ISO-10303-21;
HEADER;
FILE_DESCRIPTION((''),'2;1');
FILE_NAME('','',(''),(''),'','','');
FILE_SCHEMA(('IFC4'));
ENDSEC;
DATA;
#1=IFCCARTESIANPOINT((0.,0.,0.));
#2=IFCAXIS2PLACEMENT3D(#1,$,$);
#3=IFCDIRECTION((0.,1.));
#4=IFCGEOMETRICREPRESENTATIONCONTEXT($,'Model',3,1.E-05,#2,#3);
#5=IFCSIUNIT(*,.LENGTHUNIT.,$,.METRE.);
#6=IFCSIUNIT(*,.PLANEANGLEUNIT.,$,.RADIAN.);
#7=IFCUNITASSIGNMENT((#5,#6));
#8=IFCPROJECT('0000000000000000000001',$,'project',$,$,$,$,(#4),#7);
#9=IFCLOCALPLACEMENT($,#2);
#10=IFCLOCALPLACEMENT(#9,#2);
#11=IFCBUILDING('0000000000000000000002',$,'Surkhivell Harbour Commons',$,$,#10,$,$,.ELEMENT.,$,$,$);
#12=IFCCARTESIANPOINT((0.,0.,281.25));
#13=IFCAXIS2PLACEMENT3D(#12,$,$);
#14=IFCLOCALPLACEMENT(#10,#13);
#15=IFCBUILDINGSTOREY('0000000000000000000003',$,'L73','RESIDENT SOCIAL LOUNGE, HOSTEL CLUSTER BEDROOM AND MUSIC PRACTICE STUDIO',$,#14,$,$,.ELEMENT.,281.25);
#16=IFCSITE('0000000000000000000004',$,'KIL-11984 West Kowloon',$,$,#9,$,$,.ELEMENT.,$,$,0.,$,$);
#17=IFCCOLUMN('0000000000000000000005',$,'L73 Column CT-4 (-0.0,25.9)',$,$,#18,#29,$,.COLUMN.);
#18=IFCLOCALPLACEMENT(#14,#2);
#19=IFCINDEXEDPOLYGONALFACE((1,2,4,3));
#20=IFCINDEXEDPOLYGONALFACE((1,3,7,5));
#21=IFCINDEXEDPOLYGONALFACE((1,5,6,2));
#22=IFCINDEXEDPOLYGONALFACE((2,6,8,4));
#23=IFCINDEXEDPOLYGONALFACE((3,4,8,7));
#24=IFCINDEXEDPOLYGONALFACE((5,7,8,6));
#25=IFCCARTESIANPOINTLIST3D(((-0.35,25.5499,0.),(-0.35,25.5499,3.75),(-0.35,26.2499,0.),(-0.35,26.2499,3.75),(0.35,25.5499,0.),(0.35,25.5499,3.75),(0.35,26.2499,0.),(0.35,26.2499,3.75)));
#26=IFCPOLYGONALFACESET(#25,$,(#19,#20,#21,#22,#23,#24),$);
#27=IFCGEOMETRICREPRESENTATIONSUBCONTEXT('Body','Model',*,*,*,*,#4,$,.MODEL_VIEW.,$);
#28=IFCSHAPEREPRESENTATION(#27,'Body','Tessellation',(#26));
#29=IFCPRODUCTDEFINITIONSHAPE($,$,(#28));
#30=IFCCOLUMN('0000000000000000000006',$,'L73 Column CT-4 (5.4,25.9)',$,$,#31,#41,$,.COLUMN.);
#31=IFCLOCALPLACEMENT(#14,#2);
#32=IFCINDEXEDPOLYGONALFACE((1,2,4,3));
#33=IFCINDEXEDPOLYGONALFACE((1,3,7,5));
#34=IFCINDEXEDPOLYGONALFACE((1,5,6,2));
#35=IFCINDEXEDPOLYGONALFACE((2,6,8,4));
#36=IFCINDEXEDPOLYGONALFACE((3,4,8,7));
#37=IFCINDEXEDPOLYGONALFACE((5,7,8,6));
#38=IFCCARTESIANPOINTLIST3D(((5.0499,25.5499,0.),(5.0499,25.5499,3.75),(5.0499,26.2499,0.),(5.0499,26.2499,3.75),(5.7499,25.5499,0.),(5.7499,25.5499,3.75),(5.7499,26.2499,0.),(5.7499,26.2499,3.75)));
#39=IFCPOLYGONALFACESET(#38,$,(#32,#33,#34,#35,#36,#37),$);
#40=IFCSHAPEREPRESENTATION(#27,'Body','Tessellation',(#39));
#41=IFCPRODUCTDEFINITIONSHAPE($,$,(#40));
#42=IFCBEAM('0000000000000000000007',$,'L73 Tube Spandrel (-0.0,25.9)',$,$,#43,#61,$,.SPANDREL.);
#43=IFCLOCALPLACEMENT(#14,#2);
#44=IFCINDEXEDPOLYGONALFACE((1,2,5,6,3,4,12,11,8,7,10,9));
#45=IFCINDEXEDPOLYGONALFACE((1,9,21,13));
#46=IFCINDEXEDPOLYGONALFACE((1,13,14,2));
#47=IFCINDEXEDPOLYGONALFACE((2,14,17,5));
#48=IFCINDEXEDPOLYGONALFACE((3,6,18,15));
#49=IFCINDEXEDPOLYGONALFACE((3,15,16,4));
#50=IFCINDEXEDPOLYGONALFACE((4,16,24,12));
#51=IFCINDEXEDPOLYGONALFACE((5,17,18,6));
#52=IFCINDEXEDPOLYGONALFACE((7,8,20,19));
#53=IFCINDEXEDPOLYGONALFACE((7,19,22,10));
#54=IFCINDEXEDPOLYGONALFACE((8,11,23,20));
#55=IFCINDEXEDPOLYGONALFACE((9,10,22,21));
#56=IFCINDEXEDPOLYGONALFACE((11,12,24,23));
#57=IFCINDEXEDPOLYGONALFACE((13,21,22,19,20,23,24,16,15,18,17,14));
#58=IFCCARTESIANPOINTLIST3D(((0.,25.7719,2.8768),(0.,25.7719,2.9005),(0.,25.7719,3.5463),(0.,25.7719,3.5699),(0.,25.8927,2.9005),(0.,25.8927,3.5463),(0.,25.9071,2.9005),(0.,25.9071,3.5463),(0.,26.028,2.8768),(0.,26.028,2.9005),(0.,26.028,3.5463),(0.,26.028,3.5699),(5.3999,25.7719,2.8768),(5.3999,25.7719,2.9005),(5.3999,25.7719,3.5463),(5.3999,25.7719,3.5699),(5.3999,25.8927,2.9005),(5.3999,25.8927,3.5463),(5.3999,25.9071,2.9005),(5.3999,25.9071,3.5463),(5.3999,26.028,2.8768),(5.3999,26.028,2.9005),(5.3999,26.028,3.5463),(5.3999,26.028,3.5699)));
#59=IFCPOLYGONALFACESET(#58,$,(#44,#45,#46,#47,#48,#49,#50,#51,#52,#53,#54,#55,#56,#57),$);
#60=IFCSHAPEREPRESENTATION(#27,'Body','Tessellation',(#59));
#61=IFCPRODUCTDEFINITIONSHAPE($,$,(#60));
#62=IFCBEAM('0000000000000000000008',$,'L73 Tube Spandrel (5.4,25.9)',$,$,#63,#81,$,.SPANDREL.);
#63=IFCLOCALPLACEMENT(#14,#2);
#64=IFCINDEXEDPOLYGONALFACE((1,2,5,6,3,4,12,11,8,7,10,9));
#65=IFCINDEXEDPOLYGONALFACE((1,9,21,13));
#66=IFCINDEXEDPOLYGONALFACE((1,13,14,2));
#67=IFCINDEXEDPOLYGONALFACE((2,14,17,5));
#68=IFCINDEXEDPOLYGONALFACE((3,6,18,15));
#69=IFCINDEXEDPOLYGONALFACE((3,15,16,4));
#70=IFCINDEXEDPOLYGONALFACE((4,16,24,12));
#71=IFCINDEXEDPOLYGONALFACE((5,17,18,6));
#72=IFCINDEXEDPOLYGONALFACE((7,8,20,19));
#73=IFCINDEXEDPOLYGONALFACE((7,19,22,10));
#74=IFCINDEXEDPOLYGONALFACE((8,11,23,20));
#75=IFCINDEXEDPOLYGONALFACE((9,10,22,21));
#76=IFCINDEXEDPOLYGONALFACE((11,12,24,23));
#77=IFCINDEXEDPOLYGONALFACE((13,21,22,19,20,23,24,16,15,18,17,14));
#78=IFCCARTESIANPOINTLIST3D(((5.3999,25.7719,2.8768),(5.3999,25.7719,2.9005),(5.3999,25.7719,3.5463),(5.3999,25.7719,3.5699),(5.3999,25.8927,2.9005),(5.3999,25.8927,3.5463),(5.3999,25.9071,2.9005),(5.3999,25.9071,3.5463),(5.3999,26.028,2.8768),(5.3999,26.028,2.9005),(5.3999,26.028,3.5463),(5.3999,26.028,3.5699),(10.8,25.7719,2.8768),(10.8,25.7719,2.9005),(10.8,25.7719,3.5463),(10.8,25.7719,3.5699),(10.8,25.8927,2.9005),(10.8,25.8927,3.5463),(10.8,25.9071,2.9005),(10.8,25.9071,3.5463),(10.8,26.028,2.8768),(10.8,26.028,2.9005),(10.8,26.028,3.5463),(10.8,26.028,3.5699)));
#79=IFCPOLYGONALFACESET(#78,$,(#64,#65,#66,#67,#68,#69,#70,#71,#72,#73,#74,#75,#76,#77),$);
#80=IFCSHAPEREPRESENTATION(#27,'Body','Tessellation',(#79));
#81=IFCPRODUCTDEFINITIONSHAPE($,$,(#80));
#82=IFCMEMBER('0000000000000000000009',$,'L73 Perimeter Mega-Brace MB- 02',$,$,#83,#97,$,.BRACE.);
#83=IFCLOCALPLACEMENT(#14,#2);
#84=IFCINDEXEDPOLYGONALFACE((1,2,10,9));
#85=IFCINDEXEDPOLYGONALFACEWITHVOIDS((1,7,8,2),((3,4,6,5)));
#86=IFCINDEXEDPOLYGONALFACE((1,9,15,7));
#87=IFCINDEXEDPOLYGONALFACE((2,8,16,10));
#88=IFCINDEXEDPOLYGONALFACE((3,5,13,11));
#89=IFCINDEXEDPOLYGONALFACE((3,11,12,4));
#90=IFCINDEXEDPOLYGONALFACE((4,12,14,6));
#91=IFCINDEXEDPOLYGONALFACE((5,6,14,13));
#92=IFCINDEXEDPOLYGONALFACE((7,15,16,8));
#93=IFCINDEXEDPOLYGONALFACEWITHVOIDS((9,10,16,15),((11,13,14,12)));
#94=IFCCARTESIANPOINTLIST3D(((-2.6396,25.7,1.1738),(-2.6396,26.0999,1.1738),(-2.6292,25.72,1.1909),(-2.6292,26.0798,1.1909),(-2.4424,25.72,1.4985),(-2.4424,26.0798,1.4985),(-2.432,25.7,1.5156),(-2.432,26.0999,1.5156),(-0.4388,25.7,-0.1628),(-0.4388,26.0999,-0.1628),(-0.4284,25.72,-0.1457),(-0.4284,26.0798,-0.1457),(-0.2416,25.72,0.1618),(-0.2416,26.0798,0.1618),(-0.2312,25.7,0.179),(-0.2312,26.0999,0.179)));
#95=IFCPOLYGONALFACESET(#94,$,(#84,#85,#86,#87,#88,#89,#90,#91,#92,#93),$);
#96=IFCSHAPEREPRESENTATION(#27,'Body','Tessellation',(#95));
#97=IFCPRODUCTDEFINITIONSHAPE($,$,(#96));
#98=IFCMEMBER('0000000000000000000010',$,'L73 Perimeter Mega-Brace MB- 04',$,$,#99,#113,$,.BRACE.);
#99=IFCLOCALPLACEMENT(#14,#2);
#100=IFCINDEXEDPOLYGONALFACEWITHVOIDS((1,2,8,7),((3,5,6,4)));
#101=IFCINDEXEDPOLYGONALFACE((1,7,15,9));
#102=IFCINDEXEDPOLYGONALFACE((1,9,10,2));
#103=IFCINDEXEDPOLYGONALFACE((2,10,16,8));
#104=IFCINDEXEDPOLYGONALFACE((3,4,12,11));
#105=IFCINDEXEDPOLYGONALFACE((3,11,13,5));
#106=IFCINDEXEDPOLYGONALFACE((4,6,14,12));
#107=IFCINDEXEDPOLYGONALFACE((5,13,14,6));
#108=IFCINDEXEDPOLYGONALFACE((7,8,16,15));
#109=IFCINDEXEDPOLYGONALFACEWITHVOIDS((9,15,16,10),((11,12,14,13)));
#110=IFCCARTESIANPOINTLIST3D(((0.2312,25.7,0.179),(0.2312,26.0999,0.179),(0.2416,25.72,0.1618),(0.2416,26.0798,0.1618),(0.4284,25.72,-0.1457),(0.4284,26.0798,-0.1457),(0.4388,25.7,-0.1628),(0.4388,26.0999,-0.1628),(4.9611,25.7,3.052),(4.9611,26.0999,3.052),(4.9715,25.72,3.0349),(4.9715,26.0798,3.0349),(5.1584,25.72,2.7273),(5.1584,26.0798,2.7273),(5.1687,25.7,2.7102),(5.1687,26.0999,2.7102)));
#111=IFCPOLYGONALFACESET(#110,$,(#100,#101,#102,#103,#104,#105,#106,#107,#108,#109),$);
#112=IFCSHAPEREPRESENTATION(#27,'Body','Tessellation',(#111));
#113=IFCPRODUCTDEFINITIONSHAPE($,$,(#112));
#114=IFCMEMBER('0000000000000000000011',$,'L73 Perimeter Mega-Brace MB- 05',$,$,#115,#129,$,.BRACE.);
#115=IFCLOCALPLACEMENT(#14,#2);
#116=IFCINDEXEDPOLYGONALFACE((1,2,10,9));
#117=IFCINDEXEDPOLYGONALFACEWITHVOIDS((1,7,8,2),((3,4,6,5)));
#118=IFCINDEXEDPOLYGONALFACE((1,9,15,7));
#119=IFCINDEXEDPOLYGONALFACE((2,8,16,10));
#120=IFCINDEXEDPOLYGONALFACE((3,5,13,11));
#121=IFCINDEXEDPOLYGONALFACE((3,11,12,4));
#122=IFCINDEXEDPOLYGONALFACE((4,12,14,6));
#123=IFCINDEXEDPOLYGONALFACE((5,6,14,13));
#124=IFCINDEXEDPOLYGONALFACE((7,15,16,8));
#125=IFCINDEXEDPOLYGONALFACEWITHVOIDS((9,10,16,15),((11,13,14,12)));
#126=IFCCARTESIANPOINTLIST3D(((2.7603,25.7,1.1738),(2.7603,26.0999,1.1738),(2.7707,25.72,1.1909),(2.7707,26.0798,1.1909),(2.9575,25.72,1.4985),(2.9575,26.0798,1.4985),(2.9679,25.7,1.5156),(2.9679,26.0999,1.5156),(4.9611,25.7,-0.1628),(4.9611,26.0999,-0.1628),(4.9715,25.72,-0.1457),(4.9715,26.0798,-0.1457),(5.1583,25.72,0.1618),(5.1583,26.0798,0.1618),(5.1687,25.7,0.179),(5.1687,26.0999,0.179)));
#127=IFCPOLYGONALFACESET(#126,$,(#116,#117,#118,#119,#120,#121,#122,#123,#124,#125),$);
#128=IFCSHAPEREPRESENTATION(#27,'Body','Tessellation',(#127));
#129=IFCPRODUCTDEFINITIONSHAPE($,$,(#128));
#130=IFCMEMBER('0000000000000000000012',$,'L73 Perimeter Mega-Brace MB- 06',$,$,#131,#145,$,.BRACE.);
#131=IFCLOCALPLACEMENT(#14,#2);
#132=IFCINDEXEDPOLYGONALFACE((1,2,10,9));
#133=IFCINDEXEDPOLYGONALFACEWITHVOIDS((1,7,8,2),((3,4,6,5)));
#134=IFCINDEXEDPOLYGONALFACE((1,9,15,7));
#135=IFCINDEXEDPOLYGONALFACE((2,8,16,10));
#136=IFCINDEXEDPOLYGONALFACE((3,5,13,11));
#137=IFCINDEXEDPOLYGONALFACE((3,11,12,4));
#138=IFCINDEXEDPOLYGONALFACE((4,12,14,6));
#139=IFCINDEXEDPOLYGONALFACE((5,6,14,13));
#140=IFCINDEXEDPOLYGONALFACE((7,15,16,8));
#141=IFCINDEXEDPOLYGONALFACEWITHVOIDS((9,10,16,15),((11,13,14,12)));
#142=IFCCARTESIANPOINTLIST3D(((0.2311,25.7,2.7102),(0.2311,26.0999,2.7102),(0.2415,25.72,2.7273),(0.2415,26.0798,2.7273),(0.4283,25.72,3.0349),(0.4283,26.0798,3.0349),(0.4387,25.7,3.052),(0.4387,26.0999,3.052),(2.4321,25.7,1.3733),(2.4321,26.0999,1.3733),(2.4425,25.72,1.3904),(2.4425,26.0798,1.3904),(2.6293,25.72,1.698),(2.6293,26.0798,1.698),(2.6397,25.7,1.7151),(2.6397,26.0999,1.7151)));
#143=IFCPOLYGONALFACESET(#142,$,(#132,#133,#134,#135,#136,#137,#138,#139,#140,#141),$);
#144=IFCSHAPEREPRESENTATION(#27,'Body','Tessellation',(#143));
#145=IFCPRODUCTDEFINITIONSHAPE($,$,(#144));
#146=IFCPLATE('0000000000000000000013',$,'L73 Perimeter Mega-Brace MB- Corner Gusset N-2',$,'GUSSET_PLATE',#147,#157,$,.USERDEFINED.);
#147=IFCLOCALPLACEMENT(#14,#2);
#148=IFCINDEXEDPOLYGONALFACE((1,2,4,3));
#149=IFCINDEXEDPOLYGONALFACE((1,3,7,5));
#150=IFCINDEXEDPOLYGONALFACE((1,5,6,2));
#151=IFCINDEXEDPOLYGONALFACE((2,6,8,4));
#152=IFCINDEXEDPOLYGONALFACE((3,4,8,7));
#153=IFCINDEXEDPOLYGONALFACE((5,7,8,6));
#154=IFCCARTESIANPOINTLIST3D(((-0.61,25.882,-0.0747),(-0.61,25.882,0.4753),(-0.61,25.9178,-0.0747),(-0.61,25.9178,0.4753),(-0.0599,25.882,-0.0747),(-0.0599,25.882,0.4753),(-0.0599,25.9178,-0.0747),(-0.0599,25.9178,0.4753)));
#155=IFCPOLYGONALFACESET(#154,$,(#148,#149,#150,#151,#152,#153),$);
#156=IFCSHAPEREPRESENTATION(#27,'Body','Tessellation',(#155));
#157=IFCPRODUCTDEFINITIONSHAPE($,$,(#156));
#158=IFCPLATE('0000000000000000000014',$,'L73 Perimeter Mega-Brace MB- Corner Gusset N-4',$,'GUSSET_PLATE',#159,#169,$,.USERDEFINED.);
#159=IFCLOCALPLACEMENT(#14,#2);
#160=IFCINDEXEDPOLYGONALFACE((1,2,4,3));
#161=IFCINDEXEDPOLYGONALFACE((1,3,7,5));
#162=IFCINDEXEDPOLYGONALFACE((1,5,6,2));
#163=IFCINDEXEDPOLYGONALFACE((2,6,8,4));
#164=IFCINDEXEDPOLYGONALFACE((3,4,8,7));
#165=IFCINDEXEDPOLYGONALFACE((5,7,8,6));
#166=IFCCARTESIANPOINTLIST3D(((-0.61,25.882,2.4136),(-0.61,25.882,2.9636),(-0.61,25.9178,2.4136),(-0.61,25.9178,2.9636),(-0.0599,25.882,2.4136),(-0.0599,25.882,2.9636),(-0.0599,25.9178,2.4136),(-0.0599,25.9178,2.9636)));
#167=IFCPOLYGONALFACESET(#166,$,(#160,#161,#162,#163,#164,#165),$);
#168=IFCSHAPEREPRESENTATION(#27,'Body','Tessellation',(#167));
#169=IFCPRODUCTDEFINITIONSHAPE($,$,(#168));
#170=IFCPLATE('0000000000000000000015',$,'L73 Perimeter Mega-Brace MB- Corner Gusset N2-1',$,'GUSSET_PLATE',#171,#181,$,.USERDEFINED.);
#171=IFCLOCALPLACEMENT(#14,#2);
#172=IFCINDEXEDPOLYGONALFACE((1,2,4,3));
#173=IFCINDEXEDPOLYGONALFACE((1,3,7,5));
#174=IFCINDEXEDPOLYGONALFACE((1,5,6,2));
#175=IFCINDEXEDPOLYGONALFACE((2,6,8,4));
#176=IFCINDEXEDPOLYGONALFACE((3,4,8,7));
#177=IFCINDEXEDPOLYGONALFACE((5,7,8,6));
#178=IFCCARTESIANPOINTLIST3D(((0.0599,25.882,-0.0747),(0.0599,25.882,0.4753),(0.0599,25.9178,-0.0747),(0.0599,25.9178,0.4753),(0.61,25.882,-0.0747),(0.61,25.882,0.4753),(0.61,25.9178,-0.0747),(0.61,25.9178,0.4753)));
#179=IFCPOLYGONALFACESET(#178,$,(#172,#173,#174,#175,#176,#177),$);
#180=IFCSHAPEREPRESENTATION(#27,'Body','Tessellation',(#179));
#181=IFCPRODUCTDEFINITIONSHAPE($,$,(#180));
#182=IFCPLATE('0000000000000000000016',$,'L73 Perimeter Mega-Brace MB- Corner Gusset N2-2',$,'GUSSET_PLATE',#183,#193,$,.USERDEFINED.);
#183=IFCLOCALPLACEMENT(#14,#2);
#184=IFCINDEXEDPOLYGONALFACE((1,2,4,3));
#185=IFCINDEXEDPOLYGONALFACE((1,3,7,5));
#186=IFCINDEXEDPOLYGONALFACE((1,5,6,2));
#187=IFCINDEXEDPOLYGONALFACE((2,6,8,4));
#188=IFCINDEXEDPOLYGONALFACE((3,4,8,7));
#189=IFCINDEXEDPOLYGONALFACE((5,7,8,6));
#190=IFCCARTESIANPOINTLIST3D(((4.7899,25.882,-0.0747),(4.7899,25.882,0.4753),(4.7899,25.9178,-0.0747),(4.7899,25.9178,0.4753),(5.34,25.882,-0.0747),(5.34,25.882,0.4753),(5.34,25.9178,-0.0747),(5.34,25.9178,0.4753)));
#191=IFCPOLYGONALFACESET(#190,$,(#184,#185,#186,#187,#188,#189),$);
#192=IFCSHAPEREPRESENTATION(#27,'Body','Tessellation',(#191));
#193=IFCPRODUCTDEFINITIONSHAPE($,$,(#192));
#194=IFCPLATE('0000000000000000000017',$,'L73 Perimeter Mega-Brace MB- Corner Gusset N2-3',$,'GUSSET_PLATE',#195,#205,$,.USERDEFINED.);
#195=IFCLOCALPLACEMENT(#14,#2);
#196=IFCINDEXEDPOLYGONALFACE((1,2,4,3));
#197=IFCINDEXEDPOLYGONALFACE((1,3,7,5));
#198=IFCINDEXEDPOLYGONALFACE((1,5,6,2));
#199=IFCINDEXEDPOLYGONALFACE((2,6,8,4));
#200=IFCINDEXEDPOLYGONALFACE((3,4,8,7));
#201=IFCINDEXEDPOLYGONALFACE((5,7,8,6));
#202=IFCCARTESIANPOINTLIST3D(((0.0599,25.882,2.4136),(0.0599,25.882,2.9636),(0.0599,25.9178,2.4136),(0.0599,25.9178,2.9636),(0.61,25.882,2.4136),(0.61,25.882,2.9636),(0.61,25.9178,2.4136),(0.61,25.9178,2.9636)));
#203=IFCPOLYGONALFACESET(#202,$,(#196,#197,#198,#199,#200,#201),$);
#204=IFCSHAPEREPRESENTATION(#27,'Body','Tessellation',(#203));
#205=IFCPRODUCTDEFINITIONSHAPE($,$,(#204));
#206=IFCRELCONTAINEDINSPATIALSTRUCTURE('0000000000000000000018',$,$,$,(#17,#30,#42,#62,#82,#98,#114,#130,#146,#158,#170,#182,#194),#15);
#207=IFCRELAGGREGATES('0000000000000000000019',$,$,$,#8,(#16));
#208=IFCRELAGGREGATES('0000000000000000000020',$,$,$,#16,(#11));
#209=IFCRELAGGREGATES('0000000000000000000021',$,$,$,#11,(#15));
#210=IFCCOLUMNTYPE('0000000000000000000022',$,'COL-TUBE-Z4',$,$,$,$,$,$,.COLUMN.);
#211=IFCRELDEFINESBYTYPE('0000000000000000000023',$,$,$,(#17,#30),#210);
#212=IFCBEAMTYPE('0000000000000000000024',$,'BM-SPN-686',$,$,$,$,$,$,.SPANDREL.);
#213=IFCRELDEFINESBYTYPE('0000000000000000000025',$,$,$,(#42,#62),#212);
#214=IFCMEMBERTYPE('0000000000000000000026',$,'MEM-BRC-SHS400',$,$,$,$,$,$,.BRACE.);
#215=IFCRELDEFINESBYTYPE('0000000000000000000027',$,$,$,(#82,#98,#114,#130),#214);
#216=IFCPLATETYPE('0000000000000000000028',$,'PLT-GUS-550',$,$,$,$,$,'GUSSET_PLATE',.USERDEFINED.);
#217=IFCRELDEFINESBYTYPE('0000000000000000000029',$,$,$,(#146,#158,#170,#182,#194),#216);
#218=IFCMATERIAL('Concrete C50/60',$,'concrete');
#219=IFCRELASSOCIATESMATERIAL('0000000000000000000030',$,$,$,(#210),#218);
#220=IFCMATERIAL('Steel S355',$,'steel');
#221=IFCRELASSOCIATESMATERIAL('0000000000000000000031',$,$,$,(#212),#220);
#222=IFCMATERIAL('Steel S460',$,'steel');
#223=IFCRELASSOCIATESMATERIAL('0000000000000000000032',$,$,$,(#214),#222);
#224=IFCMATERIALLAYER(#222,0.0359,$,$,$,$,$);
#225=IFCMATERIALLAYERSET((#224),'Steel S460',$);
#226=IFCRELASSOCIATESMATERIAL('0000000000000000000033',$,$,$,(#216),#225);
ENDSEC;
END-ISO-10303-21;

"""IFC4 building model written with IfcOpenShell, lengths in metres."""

from ifc_helpers import new_model, si_unit, direction, frame, origin, origin_2d, place, context, subcontext, project, spatial, rectangle, hollow_rectangle, i_section, extrude, material, layer, layer_set, material_profile, profile_set, type_object, element, save


model = new_model("IFC4")

# Units and contexts
model_context = context("Model", 3, precision=1e-05, world=origin(), true_north=direction((0.0, 1.0)))
body_context = subcontext(model_context, "Body", "Model", "MODEL_VIEW")
ifc_project = project(units=[si_unit("LENGTHUNIT", "METRE"), si_unit("PLANEANGLEUNIT", "RADIAN")], contexts=[model_context])

# Site, building, storey
site_placement = place(None, origin())
site = spatial("IfcSite", under=ifc_project, at=site_placement, Name="KIL-11984 West Kowloon", CompositionType="ELEMENT", RefElevation=0.0)
building_placement = place(site_placement, origin())
building = spatial("IfcBuilding", under=site, at=building_placement, Name="Surkhivell Harbour Commons", CompositionType="ELEMENT")
storey_placement = place(building_placement, frame((0.0, 0.0, 281.25)))
storey = spatial("IfcBuildingStorey", under=building, at=storey_placement, Name="L73", Description="RESIDENT SOCIAL LOUNGE, HOSTEL CLUSTER BEDROOM AND MUSIC PRACTICE STUDIO", CompositionType="ELEMENT", Elevation=281.25)

# Columns
ifc_material_1 = material(Name="Concrete C50/60", Category="concrete")
ifc_material_profile_1 = material_profile(ifc_material_1, rectangle(XDim=0.7, YDim=0.7, at=origin_2d()), Name="RC-COL-700x700")
ifc_profile_set_1 = profile_set([ifc_material_profile_1], Name="Concrete C50/60")
column_type = type_object("IfcColumnType", Name="COL-TUBE-Z4", PredefinedType="COLUMN", material=ifc_profile_set_1)
for number, where, z_axis, x_axis, name in (
    (1, (0.0, 25.8999, 0.0), (0.0, 0.0, 1.0), (1.0, 0.0, 0.0), "L73 Column CT-4 (-0.0,25.9)"),
    (2, (5.3999, 25.8999, 0.0), (0.0, 0.0, 1.0), (1.0, 0.0, 0.0), "L73 Column CT-4 (5.4,25.9)"),
):
    element("IfcColumn", number, at=place(storey_placement, frame(where, z_axis=z_axis, x_axis=x_axis)), inside=storey, type_object=column_type, Name=name, PredefinedType="COLUMN", context=body_context, shape_type="SweptSolid", body=[
        extrude(rectangle(XDim=0.7, YDim=0.7, at=origin_2d()), origin(), (0.0, 0.0, 1.0), 3.75),
    ])

# Beams
ifc_material_2 = material(Name="Steel S355", Category="steel")
ifc_material_profile_2 = material_profile(ifc_material_2, i_section(OverallWidth=0.2561, OverallDepth=0.6931, WebThickness=0.0144, FlangeThickness=0.0237, at=origin_2d()), Name="UB686x254x170")
ifc_profile_set_2 = profile_set([ifc_material_profile_2], Name="Steel S355")
beam_type = type_object("IfcBeamType", Name="BM-SPN-686", PredefinedType="SPANDREL", material=ifc_profile_set_2)
beam_1_placement = place(storey_placement, frame((0.0, 25.8999, 3.2234), z_axis=(1.0, 0.0, 0.0), x_axis=(0.0, 1.0, 0.0)))
element("IfcBeam", 3, at=beam_1_placement, inside=storey, type_object=beam_type, Name="L73 Tube Spandrel (-0.0,25.9)", PredefinedType="SPANDREL", context=body_context, shape_type="SweptSolid", body=[
    extrude(i_section(OverallWidth=0.2561, OverallDepth=0.6931, WebThickness=0.0144, FlangeThickness=0.0237, at=origin_2d()), origin(), (0.0, 0.0, 1.0), 5.3999),
])
beam_2_placement = place(storey_placement, frame((5.3999, 25.8999, 3.2234), z_axis=(1.0, 0.0, 0.0), x_axis=(0.0, 1.0, 0.0)))
element("IfcBeam", 4, at=beam_2_placement, inside=storey, type_object=beam_type, Name="L73 Tube Spandrel (5.4,25.9)", PredefinedType="SPANDREL", context=body_context, shape_type="SweptSolid", body=[
    extrude(i_section(OverallWidth=0.2561, OverallDepth=0.6931, WebThickness=0.0144, FlangeThickness=0.0237, at=origin_2d()), origin(), (0.0, 0.0, 1.0), 5.4001),
])

# Members
ifc_material_3 = material(Name="Steel S460", Category="steel")
ifc_material_profile_3 = material_profile(ifc_material_3, hollow_rectangle(XDim=0.3999, YDim=0.3999, WallThickness=0.02, at=origin_2d()), Name="SHS400x400x20")
ifc_profile_set_3 = profile_set([ifc_material_profile_3], Name="Steel S460")
member_type = type_object("IfcMemberType", Name="MEM-BRC-SHS400", PredefinedType="BRACE", material=ifc_profile_set_3)
member_1_placement = place(storey_placement, frame((-0.335, 25.8999, 0.0081), z_axis=(-0.85472, 0.0, 0.519089), x_axis=(0.0, -1.0, 0.0)))
element("IfcMember", 5, at=member_1_placement, inside=storey, type_object=member_type, Name="L73 Perimeter Mega-Brace MB- 02", PredefinedType="BRACE", context=body_context, shape_type="SweptSolid", body=[
    extrude(hollow_rectangle(XDim=0.3999, YDim=0.3999, WallThickness=0.02, at=origin_2d()), origin(), (0.0, 0.0, 1.0), 2.575),
])
member_2_placement = place(storey_placement, frame((0.335, 25.8999, 0.0081), z_axis=(0.854685, 0.0, 0.519146), x_axis=(0.0, 1.0, 0.0)))
element("IfcMember", 6, at=member_2_placement, inside=storey, type_object=member_type, Name="L73 Perimeter Mega-Brace MB- 04", PredefinedType="BRACE", context=body_context, shape_type="SweptSolid", body=[
    extrude(hollow_rectangle(XDim=0.3999, YDim=0.3999, WallThickness=0.02, at=origin_2d()), origin(), (0.0, 0.0, 1.0), 5.5342),
])
member_3_placement = place(storey_placement, frame((5.0649, 25.8999, 0.0081), z_axis=(-0.85472, 0.0, 0.519089), x_axis=(0.0, -1.0, 0.0)))
element("IfcMember", 7, at=member_3_placement, inside=storey, type_object=member_type, Name="L73 Perimeter Mega-Brace MB- 05", PredefinedType="BRACE", context=body_context, shape_type="SweptSolid", body=[
    extrude(hollow_rectangle(XDim=0.3999, YDim=0.3999, WallThickness=0.02, at=origin_2d()), origin(), (0.0, 0.0, 1.0), 2.575),
])
member_4_placement = place(storey_placement, frame((2.5359, 25.8999, 1.5442), z_axis=(-0.854678, 0.0, 0.519159), x_axis=(0.0, -1.0, 0.0)))
element("IfcMember", 8, at=member_4_placement, inside=storey, type_object=member_type, Name="L73 Perimeter Mega-Brace MB- 06", PredefinedType="BRACE", context=body_context, shape_type="SweptSolid", body=[
    extrude(hollow_rectangle(XDim=0.3999, YDim=0.3999, WallThickness=0.02, at=origin_2d()), origin(), (0.0, 0.0, 1.0), 2.5752),
])

# Plates
ifc_layer_1 = layer(ifc_material_3, 0.0359)
ifc_layer_set_1 = layer_set([ifc_layer_1], Name="Steel S460")
plate_type_1 = type_object("IfcPlateType", Name="PLT-GUS-550", ElementType="GUSSET_PLATE", PredefinedType="USERDEFINED", material=ifc_layer_set_1)
for number, where, z_axis, x_axis, name in (
    (9, (-0.335, 25.8999, -0.0747), (0.0, 0.0, 1.0), (1.0, 0.0, 0.0), "L73 Perimeter Mega-Brace MB- Corner Gusset N-2"),
    (10, (-0.335, 25.8999, 2.4136), (0.0, 0.0, 1.0), (1.0, 0.0, 0.0), "L73 Perimeter Mega-Brace MB- Corner Gusset N-4"),
    (11, (0.335, 25.8999, -0.0747), (0.0, 0.0, 1.0), (1.0, 0.0, 0.0), "L73 Perimeter Mega-Brace MB- Corner Gusset N2-1"),
    (12, (5.0649, 25.8999, -0.0747), (0.0, 0.0, 1.0), (1.0, 0.0, 0.0), "L73 Perimeter Mega-Brace MB- Corner Gusset N2-2"),
    (13, (0.335, 25.8999, 2.4136), (0.0, 0.0, 1.0), (1.0, 0.0, 0.0), "L73 Perimeter Mega-Brace MB- Corner Gusset N2-3"),
):
    element("IfcPlate", number, at=place(storey_placement, frame(where, z_axis=z_axis, x_axis=x_axis)), inside=storey, type_object=plate_type_1, Name=name, ObjectType="GUSSET_PLATE", PredefinedType="USERDEFINED", context=body_context, shape_type="SweptSolid", body=[
        extrude(rectangle(XDim=0.55, YDim=0.0359, at=origin_2d()), origin(), (0.0, 0.0, 1.0), 0.55),
    ])

save(model, "model.ifc")
